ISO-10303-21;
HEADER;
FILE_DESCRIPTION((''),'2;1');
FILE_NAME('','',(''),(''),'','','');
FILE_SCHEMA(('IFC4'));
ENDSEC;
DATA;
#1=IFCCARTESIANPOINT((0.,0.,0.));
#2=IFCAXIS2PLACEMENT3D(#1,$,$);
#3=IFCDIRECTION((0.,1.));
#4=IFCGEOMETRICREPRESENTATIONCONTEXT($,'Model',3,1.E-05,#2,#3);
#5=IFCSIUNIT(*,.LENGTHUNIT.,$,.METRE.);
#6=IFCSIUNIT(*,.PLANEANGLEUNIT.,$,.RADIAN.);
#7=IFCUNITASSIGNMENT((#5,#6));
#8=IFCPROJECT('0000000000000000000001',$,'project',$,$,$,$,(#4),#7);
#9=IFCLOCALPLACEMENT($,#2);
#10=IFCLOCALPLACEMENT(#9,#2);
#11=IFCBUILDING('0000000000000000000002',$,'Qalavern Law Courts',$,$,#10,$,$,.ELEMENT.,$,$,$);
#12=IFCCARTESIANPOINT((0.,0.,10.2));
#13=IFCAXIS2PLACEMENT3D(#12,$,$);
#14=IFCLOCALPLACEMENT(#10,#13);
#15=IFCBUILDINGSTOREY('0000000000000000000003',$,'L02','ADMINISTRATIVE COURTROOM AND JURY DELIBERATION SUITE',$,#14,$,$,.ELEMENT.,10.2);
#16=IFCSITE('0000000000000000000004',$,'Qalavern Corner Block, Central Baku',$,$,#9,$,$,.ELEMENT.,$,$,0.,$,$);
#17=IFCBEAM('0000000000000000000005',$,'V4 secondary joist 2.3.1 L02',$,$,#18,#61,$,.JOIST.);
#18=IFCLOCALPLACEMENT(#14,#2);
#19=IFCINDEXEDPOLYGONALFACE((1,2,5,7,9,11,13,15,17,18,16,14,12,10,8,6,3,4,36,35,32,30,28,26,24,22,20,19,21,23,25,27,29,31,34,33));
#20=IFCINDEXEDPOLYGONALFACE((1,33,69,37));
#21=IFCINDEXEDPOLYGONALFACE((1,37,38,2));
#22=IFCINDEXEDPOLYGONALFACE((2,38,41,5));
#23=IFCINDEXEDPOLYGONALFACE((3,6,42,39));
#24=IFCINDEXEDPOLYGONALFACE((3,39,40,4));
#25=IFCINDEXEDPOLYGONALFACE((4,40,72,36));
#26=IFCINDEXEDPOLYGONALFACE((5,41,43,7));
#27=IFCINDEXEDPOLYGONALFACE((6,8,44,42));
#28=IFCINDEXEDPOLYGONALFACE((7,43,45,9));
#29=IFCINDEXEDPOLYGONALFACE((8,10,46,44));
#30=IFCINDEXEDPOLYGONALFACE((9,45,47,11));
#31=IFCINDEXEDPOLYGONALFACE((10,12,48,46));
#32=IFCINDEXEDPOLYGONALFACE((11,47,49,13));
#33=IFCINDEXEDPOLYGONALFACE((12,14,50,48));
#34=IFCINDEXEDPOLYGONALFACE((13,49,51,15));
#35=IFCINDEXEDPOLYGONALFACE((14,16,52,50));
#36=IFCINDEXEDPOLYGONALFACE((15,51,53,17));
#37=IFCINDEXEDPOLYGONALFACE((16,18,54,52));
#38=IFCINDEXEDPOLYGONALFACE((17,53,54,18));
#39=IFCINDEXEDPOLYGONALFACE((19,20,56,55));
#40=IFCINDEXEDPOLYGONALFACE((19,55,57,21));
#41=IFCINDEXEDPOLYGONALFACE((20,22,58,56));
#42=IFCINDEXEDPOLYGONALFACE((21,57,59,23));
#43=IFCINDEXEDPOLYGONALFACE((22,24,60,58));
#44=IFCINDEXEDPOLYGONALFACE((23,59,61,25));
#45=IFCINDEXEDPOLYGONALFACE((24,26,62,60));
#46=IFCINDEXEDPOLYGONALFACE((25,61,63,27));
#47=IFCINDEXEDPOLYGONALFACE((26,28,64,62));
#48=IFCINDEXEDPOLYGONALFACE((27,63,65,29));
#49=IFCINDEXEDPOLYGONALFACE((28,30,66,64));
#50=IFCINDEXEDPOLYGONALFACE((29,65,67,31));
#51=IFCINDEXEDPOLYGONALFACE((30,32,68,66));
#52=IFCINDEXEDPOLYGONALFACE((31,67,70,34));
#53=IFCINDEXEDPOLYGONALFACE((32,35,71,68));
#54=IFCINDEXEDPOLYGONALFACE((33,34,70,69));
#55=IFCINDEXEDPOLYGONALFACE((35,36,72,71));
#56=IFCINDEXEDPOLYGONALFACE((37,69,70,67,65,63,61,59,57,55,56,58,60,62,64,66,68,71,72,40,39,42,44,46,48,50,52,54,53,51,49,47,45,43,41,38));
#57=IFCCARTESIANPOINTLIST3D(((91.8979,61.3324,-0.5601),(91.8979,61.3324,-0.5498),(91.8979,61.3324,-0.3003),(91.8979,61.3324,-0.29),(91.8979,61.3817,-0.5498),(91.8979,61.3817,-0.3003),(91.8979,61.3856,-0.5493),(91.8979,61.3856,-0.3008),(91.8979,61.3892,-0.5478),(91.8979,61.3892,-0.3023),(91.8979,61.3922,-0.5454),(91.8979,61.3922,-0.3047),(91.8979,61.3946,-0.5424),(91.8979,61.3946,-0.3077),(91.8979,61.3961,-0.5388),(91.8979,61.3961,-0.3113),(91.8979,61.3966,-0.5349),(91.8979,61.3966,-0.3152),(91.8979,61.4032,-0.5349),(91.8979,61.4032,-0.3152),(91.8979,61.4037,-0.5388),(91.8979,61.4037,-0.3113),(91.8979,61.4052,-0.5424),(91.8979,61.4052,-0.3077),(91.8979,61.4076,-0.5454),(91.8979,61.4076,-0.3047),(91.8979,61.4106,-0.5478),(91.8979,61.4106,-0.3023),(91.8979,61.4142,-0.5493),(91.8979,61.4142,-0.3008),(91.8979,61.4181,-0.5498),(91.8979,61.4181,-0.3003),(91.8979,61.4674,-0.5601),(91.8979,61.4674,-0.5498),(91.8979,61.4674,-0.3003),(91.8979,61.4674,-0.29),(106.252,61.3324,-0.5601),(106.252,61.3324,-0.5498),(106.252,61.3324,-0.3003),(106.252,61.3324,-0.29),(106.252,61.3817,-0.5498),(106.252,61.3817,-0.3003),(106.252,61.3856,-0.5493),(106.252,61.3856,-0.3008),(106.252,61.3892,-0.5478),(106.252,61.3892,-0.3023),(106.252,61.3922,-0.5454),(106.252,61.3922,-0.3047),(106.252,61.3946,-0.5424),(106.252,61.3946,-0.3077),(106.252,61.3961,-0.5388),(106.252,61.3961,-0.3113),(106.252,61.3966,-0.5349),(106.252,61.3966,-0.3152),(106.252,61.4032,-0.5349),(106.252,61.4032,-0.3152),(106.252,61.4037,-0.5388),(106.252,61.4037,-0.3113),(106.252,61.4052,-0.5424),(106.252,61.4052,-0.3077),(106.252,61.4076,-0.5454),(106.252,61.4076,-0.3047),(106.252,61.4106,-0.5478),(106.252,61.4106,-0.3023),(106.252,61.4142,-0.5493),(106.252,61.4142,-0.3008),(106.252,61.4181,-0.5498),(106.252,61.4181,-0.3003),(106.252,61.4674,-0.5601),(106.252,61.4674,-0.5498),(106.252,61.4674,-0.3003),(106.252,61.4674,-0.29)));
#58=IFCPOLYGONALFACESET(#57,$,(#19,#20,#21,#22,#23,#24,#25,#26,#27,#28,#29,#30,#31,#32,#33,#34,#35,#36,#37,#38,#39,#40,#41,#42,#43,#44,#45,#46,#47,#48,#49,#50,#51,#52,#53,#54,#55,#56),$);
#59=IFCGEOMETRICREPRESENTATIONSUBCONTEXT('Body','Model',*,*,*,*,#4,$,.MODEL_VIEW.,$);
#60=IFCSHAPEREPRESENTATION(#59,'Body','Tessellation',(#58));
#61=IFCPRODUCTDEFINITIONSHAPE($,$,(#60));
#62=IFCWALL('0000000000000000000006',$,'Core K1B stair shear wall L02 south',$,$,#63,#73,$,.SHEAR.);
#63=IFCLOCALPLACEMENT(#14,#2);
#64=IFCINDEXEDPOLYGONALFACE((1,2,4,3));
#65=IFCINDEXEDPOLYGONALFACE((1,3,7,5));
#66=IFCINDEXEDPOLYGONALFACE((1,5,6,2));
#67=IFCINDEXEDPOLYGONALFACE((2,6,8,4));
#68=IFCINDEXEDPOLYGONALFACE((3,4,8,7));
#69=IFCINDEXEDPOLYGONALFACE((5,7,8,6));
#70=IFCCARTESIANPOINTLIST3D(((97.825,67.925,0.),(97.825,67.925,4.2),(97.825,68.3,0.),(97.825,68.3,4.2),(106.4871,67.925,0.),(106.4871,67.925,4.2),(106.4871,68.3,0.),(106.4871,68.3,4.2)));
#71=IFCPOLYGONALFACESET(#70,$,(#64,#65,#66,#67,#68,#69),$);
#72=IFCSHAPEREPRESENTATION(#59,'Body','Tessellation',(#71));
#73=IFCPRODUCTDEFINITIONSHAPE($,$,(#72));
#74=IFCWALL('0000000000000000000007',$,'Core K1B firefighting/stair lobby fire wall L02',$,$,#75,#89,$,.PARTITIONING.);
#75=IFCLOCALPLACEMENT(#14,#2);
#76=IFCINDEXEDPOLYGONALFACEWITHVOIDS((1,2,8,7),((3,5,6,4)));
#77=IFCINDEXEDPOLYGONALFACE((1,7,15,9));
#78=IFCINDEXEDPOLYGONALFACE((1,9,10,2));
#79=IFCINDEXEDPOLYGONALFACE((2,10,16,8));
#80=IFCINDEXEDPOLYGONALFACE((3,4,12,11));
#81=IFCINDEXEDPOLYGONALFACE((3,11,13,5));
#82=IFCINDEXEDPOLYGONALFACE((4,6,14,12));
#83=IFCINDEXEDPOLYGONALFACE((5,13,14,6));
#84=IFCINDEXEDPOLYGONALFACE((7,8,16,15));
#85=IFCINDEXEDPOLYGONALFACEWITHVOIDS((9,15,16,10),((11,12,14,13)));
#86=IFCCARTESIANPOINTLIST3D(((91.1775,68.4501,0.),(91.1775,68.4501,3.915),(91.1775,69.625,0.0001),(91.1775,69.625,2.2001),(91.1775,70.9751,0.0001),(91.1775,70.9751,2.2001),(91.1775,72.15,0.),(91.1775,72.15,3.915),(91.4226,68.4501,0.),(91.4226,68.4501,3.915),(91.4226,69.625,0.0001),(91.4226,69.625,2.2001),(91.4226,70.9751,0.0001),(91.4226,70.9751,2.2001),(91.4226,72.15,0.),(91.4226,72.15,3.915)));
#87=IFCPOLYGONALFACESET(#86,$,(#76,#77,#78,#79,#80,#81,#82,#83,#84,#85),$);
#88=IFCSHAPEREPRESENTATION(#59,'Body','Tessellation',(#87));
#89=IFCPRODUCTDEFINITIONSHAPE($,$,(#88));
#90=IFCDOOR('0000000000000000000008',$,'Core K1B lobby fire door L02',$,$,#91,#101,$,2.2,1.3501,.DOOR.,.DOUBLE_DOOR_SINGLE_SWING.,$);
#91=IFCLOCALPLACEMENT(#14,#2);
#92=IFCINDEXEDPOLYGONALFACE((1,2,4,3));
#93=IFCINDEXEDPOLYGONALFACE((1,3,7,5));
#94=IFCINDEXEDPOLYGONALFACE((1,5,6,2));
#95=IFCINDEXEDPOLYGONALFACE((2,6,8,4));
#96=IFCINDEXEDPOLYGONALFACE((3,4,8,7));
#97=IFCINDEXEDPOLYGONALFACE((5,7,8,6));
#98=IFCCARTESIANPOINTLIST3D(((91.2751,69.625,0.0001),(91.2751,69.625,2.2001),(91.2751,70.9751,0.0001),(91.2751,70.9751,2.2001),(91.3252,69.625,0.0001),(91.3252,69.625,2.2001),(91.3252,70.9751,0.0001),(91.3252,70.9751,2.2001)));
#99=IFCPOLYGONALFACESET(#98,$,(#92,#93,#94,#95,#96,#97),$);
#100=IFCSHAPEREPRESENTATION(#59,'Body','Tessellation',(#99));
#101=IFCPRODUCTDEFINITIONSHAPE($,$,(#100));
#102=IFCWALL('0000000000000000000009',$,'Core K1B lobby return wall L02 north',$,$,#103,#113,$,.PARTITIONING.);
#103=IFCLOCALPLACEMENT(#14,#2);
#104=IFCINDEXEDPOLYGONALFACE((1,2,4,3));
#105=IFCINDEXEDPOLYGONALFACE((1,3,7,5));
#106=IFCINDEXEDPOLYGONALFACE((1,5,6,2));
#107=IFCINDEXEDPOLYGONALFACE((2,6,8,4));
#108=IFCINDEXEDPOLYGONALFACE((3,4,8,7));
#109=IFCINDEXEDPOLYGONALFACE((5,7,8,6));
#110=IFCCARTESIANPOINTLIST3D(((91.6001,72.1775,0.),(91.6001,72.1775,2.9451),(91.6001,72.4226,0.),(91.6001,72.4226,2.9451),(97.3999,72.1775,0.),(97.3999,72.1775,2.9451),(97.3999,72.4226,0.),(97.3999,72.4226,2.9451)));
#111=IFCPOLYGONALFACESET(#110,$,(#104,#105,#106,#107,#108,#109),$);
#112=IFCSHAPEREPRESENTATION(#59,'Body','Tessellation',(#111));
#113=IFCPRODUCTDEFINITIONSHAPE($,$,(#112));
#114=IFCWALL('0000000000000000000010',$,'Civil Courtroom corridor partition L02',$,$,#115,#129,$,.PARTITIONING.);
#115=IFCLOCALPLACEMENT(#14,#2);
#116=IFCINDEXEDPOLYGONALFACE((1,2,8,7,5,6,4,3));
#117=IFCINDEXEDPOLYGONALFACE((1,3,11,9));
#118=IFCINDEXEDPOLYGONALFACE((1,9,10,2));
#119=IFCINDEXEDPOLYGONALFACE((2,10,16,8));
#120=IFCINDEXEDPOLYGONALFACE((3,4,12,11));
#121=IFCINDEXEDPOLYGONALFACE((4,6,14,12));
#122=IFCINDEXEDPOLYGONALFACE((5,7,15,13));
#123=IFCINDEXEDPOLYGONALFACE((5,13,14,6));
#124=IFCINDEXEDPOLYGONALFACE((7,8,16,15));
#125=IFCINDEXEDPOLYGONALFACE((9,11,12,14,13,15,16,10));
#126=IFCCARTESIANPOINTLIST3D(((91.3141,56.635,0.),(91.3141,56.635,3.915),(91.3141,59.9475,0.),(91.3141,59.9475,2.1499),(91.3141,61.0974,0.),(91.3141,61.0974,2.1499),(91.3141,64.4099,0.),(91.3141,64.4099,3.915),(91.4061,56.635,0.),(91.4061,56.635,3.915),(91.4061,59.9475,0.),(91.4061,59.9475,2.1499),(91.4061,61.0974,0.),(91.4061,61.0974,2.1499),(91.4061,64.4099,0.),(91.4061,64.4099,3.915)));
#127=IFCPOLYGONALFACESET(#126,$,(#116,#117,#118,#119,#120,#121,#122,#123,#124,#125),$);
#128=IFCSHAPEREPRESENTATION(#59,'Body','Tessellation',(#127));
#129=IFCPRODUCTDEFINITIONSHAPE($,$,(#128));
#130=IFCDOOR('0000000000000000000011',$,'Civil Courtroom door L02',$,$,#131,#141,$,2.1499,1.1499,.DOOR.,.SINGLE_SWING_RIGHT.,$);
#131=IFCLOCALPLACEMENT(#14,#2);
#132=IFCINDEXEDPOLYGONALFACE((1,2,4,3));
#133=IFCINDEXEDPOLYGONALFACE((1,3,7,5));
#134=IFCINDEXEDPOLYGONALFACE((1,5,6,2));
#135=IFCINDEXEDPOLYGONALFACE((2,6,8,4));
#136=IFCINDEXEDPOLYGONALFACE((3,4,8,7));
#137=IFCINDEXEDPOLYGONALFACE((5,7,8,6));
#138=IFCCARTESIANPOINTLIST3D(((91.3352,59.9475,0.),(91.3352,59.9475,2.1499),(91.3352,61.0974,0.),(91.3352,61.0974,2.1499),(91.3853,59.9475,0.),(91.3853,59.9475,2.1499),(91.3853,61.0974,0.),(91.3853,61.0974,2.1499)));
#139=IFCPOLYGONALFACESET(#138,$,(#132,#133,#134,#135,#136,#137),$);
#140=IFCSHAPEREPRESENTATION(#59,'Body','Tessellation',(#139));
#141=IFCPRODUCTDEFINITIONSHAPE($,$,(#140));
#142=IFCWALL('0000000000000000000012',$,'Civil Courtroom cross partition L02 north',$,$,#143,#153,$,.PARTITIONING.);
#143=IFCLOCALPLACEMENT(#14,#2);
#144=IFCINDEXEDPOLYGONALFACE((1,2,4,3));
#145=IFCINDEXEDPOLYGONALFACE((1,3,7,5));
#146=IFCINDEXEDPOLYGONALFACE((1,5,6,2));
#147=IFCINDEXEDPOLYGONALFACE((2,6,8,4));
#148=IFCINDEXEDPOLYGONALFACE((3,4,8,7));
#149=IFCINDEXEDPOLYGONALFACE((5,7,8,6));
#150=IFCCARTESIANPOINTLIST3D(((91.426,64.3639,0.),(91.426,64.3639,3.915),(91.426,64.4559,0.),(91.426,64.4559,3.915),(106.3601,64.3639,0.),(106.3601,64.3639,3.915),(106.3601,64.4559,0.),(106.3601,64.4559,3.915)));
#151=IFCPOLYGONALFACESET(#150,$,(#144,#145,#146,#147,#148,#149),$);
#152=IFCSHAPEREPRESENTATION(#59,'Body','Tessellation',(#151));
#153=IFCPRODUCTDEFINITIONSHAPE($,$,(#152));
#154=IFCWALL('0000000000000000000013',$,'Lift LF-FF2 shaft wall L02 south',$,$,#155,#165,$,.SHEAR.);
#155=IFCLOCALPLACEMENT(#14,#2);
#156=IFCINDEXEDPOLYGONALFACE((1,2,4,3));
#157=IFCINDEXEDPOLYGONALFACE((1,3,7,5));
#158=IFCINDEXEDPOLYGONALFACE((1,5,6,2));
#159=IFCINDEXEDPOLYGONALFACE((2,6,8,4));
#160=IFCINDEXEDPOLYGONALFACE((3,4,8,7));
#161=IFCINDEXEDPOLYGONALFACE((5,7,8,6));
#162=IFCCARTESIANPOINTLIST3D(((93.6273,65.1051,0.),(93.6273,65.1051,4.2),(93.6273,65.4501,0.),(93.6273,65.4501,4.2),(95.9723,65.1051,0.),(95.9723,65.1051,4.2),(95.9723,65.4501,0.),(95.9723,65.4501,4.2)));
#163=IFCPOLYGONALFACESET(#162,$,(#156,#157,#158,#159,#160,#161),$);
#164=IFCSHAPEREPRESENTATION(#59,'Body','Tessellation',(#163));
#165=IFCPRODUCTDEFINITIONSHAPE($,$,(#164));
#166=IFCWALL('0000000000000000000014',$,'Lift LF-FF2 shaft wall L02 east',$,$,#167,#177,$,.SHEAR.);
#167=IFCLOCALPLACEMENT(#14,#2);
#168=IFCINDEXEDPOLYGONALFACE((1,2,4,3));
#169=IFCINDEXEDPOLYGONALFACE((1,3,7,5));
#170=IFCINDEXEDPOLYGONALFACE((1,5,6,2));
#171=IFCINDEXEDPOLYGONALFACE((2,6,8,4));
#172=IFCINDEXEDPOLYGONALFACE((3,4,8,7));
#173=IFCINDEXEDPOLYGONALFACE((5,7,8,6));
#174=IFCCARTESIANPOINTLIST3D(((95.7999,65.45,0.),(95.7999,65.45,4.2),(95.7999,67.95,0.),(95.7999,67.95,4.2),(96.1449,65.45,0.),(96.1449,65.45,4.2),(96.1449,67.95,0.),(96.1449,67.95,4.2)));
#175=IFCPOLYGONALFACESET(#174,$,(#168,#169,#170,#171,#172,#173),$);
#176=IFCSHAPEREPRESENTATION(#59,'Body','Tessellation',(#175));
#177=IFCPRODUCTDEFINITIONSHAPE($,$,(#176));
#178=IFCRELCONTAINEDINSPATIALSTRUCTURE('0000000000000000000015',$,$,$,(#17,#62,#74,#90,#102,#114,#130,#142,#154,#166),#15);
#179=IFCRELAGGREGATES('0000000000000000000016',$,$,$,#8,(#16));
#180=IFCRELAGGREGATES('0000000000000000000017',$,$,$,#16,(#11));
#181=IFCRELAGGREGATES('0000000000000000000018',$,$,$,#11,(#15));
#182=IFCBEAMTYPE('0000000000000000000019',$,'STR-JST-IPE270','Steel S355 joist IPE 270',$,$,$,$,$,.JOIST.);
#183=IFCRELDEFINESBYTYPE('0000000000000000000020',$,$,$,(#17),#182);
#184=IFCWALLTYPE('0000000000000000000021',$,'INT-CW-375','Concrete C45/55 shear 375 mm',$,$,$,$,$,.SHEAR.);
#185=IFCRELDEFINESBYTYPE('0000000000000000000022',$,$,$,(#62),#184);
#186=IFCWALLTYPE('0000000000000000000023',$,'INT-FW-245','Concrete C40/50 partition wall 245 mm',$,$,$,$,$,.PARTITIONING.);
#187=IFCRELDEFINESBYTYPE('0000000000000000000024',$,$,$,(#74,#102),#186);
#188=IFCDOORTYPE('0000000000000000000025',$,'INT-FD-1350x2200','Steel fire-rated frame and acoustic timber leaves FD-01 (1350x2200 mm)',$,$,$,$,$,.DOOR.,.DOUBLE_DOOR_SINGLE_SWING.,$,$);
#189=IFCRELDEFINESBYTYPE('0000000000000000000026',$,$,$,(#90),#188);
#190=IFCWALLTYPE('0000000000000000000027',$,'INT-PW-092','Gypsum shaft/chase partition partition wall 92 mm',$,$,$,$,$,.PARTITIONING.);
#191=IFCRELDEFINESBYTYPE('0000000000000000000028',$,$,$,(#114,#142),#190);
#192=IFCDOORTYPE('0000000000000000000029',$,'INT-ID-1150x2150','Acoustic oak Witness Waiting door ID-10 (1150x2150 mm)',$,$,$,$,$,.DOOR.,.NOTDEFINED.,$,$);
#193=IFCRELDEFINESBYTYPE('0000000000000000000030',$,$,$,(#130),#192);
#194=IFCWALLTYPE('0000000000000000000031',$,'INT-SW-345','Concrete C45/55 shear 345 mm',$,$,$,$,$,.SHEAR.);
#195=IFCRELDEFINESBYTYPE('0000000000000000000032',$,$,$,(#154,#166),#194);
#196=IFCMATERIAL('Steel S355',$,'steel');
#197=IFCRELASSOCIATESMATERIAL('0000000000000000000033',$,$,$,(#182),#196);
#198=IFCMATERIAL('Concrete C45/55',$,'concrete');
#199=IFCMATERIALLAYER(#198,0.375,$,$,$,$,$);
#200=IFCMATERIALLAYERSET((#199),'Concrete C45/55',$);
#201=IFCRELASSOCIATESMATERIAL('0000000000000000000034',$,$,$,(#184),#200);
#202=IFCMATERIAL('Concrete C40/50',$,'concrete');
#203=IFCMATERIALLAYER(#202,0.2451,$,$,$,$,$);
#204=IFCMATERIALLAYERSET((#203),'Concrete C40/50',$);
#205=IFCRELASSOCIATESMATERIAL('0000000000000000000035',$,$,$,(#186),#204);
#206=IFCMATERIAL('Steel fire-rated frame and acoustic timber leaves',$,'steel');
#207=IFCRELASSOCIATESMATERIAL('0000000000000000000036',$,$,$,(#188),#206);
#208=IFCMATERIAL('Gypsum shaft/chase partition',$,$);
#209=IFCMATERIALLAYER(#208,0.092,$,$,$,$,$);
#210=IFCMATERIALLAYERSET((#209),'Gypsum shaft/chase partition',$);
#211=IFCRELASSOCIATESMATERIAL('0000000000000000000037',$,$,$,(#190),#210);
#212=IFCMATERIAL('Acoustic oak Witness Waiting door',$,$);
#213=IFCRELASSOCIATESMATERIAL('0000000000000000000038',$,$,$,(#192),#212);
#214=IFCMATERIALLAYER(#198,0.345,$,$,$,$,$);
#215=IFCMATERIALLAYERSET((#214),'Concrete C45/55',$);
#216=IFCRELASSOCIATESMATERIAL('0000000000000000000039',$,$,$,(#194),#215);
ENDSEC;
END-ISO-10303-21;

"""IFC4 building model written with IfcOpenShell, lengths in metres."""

from ifc_helpers import new_model, si_unit, direction, frame, frame_2d, origin, origin_2d, place, context, subcontext, project, spatial, rectangle, i_section, extrude, material, layer, layer_set, material_profile, profile_set, type_object, element, fill, save


model = new_model("IFC4")

# Units and contexts
model_context = context("Model", 3, precision=1e-05, world=origin(), true_north=direction((0.0, 1.0)))
body_context = subcontext(model_context, "Body", "Model", "MODEL_VIEW")
ifc_project = project(units=[si_unit("LENGTHUNIT", "METRE"), si_unit("PLANEANGLEUNIT", "RADIAN")], contexts=[model_context])

# Site, building, storey
site_placement = place(None, origin())
site = spatial("IfcSite", under=ifc_project, at=site_placement, Name="Qalavern Corner Block, Central Baku", CompositionType="ELEMENT", RefElevation=0.0)
building_placement = place(site_placement, origin())
building = spatial("IfcBuilding", under=site, at=building_placement, Name="Qalavern Law Courts", CompositionType="ELEMENT")
storey_placement = place(building_placement, frame((0.0, 0.0, 10.2)))
storey = spatial("IfcBuildingStorey", under=building, at=storey_placement, Name="L02", Description="ADMINISTRATIVE COURTROOM AND JURY DELIBERATION SUITE", CompositionType="ELEMENT", Elevation=10.2)

# Shared definitions
ifc_material_1 = material(Name="Concrete C45/55", Category="concrete")

# Beam
ifc_material_2 = material(Name="Steel S355", Category="steel")
ifc_material_3 = material(Name="Concrete C40/50", Category="concrete")
ifc_material_profile_1 = material_profile(ifc_material_2, i_section(OverallWidth=0.135, OverallDepth=0.27, WebThickness=0.0066, FlangeThickness=0.0103, FilletRadius=0.0149, at=origin_2d()), Name="IPE 270")
ifc_profile_set_1 = profile_set([ifc_material_profile_1], Name="Steel S355")
beam_type_1 = type_object("IfcBeamType", Name="STR-JST-IPE270", Description="Steel S355 joist IPE 270", PredefinedType="JOIST", material=ifc_profile_set_1)
beam_1_placement = place(storey_placement, frame((91.8979, 61.3999, -0.425), z_axis=(1.0, 0.0, 0.0), x_axis=(0.0, 1.0, 0.0)))
element("IfcBeam", 1, at=beam_1_placement, inside=storey, type_object=beam_type_1, Name="V4 secondary joist 2.3.1 L02", PredefinedType="JOIST", context=body_context, shape_type="SweptSolid", body=[
    extrude(i_section(OverallWidth=0.135, OverallDepth=0.27, WebThickness=0.0066, FlangeThickness=0.0103, FilletRadius=0.0149, at=origin_2d()), origin(), (0.0, 0.0, 1.0), 14.354),
])

# Wall
ifc_layer_1 = layer(ifc_material_1, 0.375)
ifc_layer_set_1 = layer_set([ifc_layer_1], Name="Concrete C45/55")
wall_type_1 = type_object("IfcWallType", Name="INT-CW-375", Description="Concrete C45/55 shear 375 mm", PredefinedType="SHEAR", material=ifc_layer_set_1)
wall_1_placement = place(storey_placement, frame((97.825, 68.1125, 0.0), z_axis=(0.0, 0.0, 1.0), x_axis=(1.0, 0.0, 0.0)))
element("IfcWall", 2, at=wall_1_placement, inside=storey, type_object=wall_type_1, Name="Core K1B stair shear wall L02 south", PredefinedType="SHEAR", context=body_context, shape_type="SweptSolid", body=[
    extrude(rectangle(XDim=8.6621, YDim=0.375, at=frame_2d((4.3311, 0.0))), origin(), (0.0, 0.0, 1.0), 4.2),
])

# Wall, opening, door
ifc_layer_2 = layer(ifc_material_3, 0.2451)
ifc_layer_set_2 = layer_set([ifc_layer_2], Name="Concrete C40/50")
wall_type_2 = type_object("IfcWallType", Name="INT-FW-245", Description="Concrete C40/50 partition wall 245 mm", PredefinedType="PARTITIONING", material=ifc_layer_set_2)
wall_2_placement = place(storey_placement, frame((91.3, 68.45, 0.0), z_axis=(0.0, 0.0, 1.0), x_axis=(0.0, 1.0, 0.0)))
wall_2 = element("IfcWall", 3, at=wall_2_placement, inside=storey, type_object=wall_type_2, Name="Core K1B firefighting/stair lobby fire wall L02", PredefinedType="PARTITIONING", context=body_context, shape_type="SweptSolid", body=[
    extrude(rectangle(XDim=3.7, YDim=0.2451, at=frame_2d((1.8501, 0.0))), origin(), (0.0, 0.0, 1.0), 3.915),
])
opening_1_placement = place(wall_2_placement, frame((1.175, 0.0, 0.0)))
opening_1 = element("IfcOpeningElement", 4, at=opening_1_placement, cuts=wall_2, PredefinedType="OPENING", context=body_context, shape_type="SweptSolid", body=[
    extrude(rectangle(XDim=1.3501, YDim=2.2, at=frame_2d((0.675, 1.1001))), frame((0.0, 0.1375, 0.0), z_axis=(0.0, -1.0, 0.0), x_axis=(1.0, 0.0, 0.0)), (0.0, 0.0, 1.0), 0.2749),
])
ifc_material_4 = material(Name="Steel fire-rated frame and acoustic timber leaves", Category="steel")
door_type_1 = type_object("IfcDoorType", Name="INT-FD-1350x2200", Description="Steel fire-rated frame and acoustic timber leaves FD-01 (1350x2200 mm)", OperationType="DOUBLE_DOOR_SINGLE_SWING", PredefinedType="DOOR", material=ifc_material_4)
door_1_placement = place(opening_1_placement, origin())
door_1 = element("IfcDoor", 5, at=door_1_placement, inside=storey, type_object=door_type_1, Name="Core K1B lobby fire door L02", OperationType="DOUBLE_DOOR_SINGLE_SWING", OverallHeight=2.2, OverallWidth=1.3501, PredefinedType="DOOR", context=body_context, shape_type="SweptSolid", body=[
    extrude(rectangle(XDim=1.3501, YDim=2.2, at=frame_2d((0.675, 1.1001))), frame((0.0, 0.0249, 0.0), z_axis=(0.0, -1.0, 0.0), x_axis=(1.0, 0.0, 0.0)), (0.0, 0.0, 1.0), 0.05),
])
fill(opening_1, door_1)

# Wall
wall_3_placement = place(storey_placement, frame((91.6001, 72.3, 0.0), z_axis=(0.0, 0.0, 1.0), x_axis=(1.0, 0.0, 0.0)))
element("IfcWall", 6, at=wall_3_placement, inside=storey, type_object=wall_type_2, Name="Core K1B lobby return wall L02 north", PredefinedType="PARTITIONING", context=body_context, shape_type="SweptSolid", body=[
    extrude(rectangle(XDim=5.7998, YDim=0.2451, at=frame_2d((2.8999, 0.0))), origin(), (0.0, 0.0, 1.0), 2.9451),
])

# Wall, opening, door
ifc_material_5 = material(Name="Gypsum shaft/chase partition")
ifc_layer_3 = layer(ifc_material_5, 0.092)
ifc_layer_set_3 = layer_set([ifc_layer_3], Name="Gypsum shaft/chase partition")
wall_type_3 = type_object("IfcWallType", Name="INT-PW-092", Description="Gypsum shaft/chase partition partition wall 92 mm", PredefinedType="PARTITIONING", material=ifc_layer_set_3)
wall_4_placement = place(storey_placement, frame((91.3601, 56.635, 0.0), z_axis=(0.0, 0.0, 1.0), x_axis=(0.0, 1.0, 0.0)))
wall_4 = element("IfcWall", 7, at=wall_4_placement, inside=storey, type_object=wall_type_3, Name="Civil Courtroom corridor partition L02", PredefinedType="PARTITIONING", context=body_context, shape_type="SweptSolid", body=[
    extrude(rectangle(XDim=7.7749, YDim=0.092, at=frame_2d((3.8875, 0.0))), origin(), (0.0, 0.0, 1.0), 3.915),
])
opening_2_placement = place(wall_4_placement, frame((3.3125, 0.0, 0.0)))
opening_2 = element("IfcOpeningElement", 8, at=opening_2_placement, cuts=wall_4, PredefinedType="OPENING", context=body_context, shape_type="SweptSolid", body=[
    extrude(rectangle(XDim=1.1499, YDim=2.1499, at=frame_2d((0.575, 1.075))), frame((0.0, 0.061, 0.0), z_axis=(0.0, -1.0, 0.0), x_axis=(1.0, 0.0, 0.0)), (0.0, 0.0, 1.0), 0.1218),
])
ifc_material_6 = material(Name="Acoustic oak Witness Waiting door")
door_type_2 = type_object("IfcDoorType", Name="INT-ID-1150x2150", Description="Acoustic oak Witness Waiting door ID-10 (1150x2150 mm)", OperationType="NOTDEFINED", PredefinedType="DOOR", material=ifc_material_6)
door_2_placement = place(opening_2_placement, origin())
door_2 = element("IfcDoor", 9, at=door_2_placement, inside=storey, type_object=door_type_2, Name="Civil Courtroom door L02", OperationType="SINGLE_SWING_RIGHT", OverallHeight=2.1499, OverallWidth=1.1499, PredefinedType="DOOR", context=body_context, shape_type="SweptSolid", body=[
    extrude(rectangle(XDim=1.1499, YDim=2.1499, at=frame_2d((0.575, 1.075))), frame((0.0, 0.0249, 0.0), z_axis=(0.0, -1.0, 0.0), x_axis=(1.0, 0.0, 0.0)), (0.0, 0.0, 1.0), 0.05),
])
fill(opening_2, door_2)

# Walls
wall_5_placement = place(storey_placement, frame((91.426, 64.4099, 0.0), z_axis=(0.0, 0.0, 1.0), x_axis=(1.0, 0.0, 0.0)))
element("IfcWall", 10, at=wall_5_placement, inside=storey, type_object=wall_type_3, Name="Civil Courtroom cross partition L02 north", PredefinedType="PARTITIONING", context=body_context, shape_type="SweptSolid", body=[
    extrude(rectangle(XDim=14.9341, YDim=0.092, at=frame_2d((7.467, 0.0))), origin(), (0.0, 0.0, 1.0), 3.915),
])
ifc_layer_4 = layer(ifc_material_1, 0.345)
ifc_layer_set_4 = layer_set([ifc_layer_4], Name="Concrete C45/55")
wall_type_4 = type_object("IfcWallType", Name="INT-SW-345", Description="Concrete C45/55 shear 345 mm", PredefinedType="SHEAR", material=ifc_layer_set_4)
wall_6_placement = place(storey_placement, frame((93.6274, 65.2776, 0.0), z_axis=(0.0, 0.0, 1.0), x_axis=(1.0, 0.0, 0.0)))
element("IfcWall", 11, at=wall_6_placement, inside=storey, type_object=wall_type_4, Name="Lift LF-FF2 shaft wall L02 south", PredefinedType="SHEAR", context=body_context, shape_type="SweptSolid", body=[
    extrude(rectangle(XDim=2.345, YDim=0.345, at=frame_2d((1.1724, 0.0))), origin(), (0.0, 0.0, 1.0), 4.2),
])
wall_7_placement = place(storey_placement, frame((95.9724, 65.45, 0.0), z_axis=(0.0, 0.0, 1.0), x_axis=(0.0, 1.0, 0.0)))
element("IfcWall", 12, at=wall_7_placement, inside=storey, type_object=wall_type_4, Name="Lift LF-FF2 shaft wall L02 east", PredefinedType="SHEAR", context=body_context, shape_type="SweptSolid", body=[
    extrude(rectangle(XDim=2.5, YDim=0.345, at=frame_2d((1.25, 0.0))), origin(), (0.0, 0.0, 1.0), 4.2),
])

save(model, "model.ifc")
